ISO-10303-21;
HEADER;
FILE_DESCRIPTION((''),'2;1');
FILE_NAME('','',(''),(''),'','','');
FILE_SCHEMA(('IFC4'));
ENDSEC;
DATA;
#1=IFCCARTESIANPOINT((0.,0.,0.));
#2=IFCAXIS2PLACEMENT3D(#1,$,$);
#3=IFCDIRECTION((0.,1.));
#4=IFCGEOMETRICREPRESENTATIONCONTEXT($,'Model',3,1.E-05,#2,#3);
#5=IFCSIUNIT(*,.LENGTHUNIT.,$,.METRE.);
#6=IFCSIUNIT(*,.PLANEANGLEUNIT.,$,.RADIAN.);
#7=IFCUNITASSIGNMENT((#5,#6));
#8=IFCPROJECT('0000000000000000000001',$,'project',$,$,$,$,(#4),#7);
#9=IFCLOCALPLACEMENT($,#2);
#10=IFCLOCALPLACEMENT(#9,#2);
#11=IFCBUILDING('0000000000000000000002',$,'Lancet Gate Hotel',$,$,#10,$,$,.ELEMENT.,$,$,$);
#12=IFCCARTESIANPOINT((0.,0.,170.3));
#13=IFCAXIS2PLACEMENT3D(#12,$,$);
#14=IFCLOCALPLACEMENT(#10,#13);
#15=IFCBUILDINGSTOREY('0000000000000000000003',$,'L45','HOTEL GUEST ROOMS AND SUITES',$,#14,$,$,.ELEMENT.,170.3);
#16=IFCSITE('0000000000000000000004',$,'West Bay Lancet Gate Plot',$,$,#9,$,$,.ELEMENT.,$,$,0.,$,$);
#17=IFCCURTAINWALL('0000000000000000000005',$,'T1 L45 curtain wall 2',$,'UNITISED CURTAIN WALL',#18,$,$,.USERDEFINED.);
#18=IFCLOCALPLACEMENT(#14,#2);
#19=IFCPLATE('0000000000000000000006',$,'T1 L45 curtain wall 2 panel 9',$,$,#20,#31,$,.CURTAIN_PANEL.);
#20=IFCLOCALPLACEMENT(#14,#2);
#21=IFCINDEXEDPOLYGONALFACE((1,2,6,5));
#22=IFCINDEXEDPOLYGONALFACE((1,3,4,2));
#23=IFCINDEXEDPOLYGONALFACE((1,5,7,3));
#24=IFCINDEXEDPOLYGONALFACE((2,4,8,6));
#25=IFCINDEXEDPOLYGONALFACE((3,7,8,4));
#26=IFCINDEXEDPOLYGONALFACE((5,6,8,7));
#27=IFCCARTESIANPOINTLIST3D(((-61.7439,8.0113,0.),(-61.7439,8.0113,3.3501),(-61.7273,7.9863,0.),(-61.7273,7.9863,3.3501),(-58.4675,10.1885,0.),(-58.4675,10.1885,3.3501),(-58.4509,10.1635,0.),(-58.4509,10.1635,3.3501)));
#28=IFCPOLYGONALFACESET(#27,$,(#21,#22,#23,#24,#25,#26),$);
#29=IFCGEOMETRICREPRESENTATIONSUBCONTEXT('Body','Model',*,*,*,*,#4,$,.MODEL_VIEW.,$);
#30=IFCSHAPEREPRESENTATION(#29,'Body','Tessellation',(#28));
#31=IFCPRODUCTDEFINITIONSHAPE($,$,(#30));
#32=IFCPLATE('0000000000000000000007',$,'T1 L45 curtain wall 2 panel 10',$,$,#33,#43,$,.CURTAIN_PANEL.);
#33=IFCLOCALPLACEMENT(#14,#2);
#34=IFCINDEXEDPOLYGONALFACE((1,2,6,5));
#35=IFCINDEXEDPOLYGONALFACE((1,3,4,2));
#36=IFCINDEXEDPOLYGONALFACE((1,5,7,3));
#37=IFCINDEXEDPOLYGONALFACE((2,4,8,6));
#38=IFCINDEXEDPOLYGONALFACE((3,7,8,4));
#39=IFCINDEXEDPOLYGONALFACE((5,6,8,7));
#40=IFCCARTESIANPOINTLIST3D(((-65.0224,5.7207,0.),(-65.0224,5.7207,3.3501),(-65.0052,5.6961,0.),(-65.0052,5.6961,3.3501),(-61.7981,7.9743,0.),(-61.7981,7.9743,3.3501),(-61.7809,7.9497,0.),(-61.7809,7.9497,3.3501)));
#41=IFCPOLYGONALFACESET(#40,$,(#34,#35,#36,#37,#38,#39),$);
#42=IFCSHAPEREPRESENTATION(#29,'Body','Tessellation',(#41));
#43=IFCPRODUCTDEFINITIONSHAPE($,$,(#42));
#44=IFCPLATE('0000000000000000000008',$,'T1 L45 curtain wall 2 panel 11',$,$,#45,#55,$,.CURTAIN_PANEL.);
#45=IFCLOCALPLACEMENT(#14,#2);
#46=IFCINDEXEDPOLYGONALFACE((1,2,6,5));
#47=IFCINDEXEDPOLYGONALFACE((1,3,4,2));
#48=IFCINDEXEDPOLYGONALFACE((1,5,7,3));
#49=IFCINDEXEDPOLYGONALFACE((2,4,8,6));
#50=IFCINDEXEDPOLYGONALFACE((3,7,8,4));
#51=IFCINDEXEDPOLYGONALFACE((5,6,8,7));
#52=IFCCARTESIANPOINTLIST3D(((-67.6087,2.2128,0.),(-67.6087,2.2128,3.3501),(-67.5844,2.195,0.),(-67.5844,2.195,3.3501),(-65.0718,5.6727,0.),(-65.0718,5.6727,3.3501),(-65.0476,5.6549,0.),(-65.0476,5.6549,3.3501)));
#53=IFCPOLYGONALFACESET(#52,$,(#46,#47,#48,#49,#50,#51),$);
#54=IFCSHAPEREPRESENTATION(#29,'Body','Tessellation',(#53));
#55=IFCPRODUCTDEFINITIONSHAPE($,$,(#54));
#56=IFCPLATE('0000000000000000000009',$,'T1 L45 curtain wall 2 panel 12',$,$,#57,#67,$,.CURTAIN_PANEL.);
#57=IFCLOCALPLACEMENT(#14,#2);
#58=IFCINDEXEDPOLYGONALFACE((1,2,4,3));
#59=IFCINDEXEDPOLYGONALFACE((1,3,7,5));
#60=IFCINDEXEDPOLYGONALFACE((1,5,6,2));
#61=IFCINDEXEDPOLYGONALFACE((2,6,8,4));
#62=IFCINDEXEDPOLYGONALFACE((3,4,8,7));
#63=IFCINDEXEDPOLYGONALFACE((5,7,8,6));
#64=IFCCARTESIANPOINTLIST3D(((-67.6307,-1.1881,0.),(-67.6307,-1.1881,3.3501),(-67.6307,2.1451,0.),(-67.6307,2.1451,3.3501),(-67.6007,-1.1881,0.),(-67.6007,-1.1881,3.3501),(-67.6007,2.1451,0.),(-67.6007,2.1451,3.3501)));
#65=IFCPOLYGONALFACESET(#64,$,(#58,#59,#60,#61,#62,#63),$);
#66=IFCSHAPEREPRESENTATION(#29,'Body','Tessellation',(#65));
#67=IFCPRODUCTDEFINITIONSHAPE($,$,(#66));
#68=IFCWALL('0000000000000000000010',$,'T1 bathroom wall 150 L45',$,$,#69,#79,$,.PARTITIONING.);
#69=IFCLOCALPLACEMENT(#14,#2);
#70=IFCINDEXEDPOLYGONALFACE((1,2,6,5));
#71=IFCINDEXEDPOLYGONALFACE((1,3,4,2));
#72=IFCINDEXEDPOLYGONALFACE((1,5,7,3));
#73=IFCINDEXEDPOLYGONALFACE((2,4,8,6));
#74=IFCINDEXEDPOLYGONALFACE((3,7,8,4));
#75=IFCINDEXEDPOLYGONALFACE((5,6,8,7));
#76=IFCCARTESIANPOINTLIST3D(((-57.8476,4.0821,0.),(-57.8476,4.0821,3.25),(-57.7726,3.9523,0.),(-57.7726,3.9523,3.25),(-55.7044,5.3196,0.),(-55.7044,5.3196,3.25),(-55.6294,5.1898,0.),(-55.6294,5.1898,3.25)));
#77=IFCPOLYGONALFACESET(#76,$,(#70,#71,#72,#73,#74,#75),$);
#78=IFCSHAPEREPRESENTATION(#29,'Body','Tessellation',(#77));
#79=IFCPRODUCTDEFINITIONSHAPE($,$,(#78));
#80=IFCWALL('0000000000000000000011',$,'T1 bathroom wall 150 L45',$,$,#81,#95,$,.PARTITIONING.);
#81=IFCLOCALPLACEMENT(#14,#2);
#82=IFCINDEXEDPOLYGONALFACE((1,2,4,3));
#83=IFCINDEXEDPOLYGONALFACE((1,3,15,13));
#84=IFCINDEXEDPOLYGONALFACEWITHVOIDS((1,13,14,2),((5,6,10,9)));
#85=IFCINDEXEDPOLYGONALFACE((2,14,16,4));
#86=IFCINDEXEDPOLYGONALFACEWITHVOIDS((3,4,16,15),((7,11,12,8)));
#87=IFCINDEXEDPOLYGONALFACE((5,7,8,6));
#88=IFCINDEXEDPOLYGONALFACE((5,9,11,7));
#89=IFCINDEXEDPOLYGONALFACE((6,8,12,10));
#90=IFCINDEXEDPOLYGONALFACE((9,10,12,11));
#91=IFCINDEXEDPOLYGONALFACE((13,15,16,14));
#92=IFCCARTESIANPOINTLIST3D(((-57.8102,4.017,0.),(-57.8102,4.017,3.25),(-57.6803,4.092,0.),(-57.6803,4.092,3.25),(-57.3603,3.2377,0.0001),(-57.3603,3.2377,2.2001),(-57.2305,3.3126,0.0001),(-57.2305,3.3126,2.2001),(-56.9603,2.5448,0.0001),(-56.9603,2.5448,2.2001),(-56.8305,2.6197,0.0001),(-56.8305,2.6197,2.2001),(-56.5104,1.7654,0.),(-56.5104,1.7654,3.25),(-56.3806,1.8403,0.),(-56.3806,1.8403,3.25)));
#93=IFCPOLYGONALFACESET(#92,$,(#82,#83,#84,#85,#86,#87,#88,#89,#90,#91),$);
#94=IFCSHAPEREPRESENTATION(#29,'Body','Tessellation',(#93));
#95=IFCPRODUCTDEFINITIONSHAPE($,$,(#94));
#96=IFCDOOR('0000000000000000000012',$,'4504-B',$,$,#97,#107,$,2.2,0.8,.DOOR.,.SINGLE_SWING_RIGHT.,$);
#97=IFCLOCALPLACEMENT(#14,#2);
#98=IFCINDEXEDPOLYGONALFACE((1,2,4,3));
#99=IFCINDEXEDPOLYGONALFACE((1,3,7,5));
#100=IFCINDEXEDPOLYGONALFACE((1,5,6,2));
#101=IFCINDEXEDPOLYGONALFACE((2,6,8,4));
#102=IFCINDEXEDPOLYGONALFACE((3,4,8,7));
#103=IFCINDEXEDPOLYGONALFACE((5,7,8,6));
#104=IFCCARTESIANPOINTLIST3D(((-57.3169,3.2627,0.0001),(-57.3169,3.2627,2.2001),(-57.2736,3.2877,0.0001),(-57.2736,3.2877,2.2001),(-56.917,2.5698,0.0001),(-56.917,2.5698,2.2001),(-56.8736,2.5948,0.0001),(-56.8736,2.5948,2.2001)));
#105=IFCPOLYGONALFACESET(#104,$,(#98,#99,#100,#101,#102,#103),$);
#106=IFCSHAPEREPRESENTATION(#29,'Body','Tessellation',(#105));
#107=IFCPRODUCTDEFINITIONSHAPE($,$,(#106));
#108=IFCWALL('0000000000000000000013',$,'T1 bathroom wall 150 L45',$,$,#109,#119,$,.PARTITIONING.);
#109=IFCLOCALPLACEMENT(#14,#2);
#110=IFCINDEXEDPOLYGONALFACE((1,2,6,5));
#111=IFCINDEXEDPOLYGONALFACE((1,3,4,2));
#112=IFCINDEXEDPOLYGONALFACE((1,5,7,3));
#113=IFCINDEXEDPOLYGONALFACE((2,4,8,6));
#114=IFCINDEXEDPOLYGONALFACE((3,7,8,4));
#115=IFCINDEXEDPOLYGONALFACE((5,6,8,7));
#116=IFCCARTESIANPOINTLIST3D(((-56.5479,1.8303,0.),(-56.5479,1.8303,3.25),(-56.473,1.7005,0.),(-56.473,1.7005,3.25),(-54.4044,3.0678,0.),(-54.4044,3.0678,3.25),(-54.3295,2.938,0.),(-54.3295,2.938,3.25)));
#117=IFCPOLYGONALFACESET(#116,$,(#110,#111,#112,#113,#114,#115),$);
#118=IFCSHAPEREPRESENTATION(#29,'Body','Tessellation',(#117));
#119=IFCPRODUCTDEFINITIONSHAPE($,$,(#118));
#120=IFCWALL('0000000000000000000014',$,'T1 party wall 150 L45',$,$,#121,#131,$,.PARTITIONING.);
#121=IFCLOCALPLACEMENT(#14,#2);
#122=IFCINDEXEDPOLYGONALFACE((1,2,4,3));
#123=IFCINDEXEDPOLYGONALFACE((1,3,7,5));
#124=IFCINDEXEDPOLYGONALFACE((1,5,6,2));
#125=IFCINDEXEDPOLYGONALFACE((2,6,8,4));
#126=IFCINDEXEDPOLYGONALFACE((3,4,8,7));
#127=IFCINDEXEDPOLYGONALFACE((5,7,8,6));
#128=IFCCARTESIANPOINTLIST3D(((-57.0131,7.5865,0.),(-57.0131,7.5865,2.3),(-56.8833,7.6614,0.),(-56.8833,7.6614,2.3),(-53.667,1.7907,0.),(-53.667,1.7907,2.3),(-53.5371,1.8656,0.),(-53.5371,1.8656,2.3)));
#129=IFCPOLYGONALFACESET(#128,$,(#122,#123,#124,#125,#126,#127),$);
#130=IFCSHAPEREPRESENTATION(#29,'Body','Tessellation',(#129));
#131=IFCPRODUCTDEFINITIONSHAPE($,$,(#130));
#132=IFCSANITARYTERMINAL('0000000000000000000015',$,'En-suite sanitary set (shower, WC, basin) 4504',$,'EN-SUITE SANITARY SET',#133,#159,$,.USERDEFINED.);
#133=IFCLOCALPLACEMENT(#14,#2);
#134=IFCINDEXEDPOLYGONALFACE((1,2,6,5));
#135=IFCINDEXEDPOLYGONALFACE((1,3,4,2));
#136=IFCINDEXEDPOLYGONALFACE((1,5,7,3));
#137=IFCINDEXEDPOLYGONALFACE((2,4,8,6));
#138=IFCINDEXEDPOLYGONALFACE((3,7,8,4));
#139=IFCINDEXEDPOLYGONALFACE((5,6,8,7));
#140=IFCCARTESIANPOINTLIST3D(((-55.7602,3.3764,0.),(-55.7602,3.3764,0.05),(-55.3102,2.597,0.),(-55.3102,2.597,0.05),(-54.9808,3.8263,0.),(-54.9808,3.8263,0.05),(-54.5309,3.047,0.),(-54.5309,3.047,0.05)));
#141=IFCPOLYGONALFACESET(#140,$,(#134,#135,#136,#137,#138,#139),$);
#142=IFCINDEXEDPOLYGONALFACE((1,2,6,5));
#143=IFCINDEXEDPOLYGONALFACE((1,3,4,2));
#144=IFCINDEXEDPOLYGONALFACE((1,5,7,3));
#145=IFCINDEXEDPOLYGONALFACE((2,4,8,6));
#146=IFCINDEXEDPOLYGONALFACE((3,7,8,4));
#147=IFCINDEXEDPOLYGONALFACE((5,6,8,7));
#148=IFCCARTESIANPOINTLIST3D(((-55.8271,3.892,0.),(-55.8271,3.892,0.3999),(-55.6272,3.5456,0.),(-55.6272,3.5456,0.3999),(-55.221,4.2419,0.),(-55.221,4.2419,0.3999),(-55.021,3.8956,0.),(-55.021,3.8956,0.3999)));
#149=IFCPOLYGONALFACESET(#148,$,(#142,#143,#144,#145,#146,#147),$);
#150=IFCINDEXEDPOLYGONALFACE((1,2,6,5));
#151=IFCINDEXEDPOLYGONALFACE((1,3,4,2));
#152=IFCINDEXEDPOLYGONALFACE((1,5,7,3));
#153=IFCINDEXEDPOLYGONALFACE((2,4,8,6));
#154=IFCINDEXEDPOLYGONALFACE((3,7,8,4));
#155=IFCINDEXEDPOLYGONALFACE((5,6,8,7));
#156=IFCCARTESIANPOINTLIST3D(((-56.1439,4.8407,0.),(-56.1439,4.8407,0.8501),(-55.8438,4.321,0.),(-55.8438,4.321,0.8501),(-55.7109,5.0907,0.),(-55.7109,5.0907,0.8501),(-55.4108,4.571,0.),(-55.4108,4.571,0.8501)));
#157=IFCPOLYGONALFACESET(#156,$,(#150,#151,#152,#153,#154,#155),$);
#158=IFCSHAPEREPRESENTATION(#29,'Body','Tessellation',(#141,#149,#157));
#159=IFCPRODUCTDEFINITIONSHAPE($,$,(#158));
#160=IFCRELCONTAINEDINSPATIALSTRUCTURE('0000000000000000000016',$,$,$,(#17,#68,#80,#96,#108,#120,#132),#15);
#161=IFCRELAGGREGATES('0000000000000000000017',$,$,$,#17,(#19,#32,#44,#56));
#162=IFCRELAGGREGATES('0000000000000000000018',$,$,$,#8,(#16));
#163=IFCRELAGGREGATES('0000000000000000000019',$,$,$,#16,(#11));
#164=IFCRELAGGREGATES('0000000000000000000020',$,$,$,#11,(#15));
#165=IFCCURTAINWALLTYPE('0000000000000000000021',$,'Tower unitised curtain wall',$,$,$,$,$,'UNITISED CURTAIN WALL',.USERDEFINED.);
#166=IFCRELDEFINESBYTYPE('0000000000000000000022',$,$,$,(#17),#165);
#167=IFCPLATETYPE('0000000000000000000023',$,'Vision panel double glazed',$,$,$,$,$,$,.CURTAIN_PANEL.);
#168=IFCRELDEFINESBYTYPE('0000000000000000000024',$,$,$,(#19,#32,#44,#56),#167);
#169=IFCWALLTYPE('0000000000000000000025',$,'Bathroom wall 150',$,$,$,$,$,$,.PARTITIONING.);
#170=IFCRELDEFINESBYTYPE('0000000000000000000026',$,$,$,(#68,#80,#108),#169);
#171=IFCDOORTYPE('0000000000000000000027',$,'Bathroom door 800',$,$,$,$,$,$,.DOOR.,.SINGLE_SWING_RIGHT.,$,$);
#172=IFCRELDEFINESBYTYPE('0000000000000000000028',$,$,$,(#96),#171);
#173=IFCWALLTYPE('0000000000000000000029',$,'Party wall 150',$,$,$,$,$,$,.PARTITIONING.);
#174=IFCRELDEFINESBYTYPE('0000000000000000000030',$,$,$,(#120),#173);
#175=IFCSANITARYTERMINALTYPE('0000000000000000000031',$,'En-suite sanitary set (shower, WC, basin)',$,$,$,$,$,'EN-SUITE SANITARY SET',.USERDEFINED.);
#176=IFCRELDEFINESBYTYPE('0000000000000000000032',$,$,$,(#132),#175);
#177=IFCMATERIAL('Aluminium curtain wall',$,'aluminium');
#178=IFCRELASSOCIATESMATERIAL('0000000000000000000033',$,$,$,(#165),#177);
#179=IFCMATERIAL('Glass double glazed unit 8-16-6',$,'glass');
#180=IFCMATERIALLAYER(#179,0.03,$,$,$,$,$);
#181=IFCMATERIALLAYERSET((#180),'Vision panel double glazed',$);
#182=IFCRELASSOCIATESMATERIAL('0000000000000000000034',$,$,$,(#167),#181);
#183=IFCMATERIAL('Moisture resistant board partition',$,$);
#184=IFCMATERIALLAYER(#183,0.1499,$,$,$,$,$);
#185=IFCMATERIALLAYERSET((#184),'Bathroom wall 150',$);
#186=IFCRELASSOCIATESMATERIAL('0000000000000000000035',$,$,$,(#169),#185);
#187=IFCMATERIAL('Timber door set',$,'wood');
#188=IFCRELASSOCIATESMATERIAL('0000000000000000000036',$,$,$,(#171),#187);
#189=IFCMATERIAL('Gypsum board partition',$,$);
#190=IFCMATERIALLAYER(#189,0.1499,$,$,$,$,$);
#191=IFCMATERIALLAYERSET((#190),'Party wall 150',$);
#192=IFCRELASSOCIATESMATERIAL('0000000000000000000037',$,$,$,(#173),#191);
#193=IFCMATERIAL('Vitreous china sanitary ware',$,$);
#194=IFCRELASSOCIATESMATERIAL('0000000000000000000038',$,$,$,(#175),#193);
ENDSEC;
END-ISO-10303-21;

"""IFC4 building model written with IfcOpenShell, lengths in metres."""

from ifc_helpers import new_model, si_unit, direction, frame, frame_2d, origin, origin_2d, place, context, subcontext, project, spatial, rectangle, extrude, material, layer, layer_set, type_object, element, fill, aggregate, save


model = new_model("IFC4")

# Units and contexts
model_context = context("Model", 3, precision=1e-05, world=origin(), true_north=direction((0.0, 1.0)))
body_context = subcontext(model_context, "Body", "Model", "MODEL_VIEW")
ifc_project = project(units=[si_unit("LENGTHUNIT", "METRE"), si_unit("PLANEANGLEUNIT", "RADIAN")], contexts=[model_context])

# Site, building, storey
site_placement = place(None, origin())
site = spatial("IfcSite", under=ifc_project, at=site_placement, Name="West Bay Lancet Gate Plot", CompositionType="ELEMENT", RefElevation=0.0)
building_placement = place(site_placement, origin())
building = spatial("IfcBuilding", under=site, at=building_placement, Name="Lancet Gate Hotel", CompositionType="ELEMENT")
storey_placement = place(building_placement, frame((0.0, 0.0, 170.3)))
storey = spatial("IfcBuildingStorey", under=building, at=storey_placement, Name="L45", Description="HOTEL GUEST ROOMS AND SUITES", CompositionType="ELEMENT", Elevation=170.3)

# Curtain wall
ifc_material_1 = material(Name="Aluminium curtain wall", Category="aluminium")
curtain_wall_type = type_object("IfcCurtainWallType", Name="Tower unitised curtain wall", ElementType="UNITISED CURTAIN WALL", PredefinedType="USERDEFINED", material=ifc_material_1)
curtain_wall_placement = place(storey_placement, origin())
curtain_wall = element("IfcCurtainWall", 1, at=curtain_wall_placement, inside=storey, type_object=curtain_wall_type, Name="T1 L45 curtain wall 2", ObjectType="UNITISED CURTAIN WALL", PredefinedType="USERDEFINED")

# Plates
ifc_material_2 = material(Name="Glass double glazed unit 8-16-6", Category="glass")
ifc_layer_1 = layer(ifc_material_2, 0.03)
ifc_layer_set_1 = layer_set([ifc_layer_1], Name="Vision panel double glazed")
plate_type = type_object("IfcPlateType", Name="Vision panel double glazed", PredefinedType="CURTAIN_PANEL", material=ifc_layer_set_1)
plate_1_placement = place(storey_placement, frame((-60.0974, 9.0874, 0.0), z_axis=(0.0, 0.0, 1.0), x_axis=(-0.832879, -0.553455, 0.0)))
plate_1 = element("IfcPlate", 2, at=plate_1_placement, type_object=plate_type, Name="T1 L45 curtain wall 2 panel 9", PredefinedType="CURTAIN_PANEL", context=body_context, shape_type="SweptSolid", body=[
    extrude(rectangle(XDim=3.9338, YDim=0.03, at=origin_2d()), origin(), (0.0, 0.0, 1.0), 3.3501),
])
plate_2_placement = place(storey_placement, frame((-63.4016, 6.8352, 0.0), z_axis=(0.0, 0.0, 1.0), x_axis=(-0.819631, -0.572892, 0.0)))
plate_2 = element("IfcPlate", 3, at=plate_2_placement, type_object=plate_type, Name="T1 L45 curtain wall 2 panel 10", PredefinedType="CURTAIN_PANEL", context=body_context, shape_type="SweptSolid", body=[
    extrude(rectangle(XDim=3.9338, YDim=0.03, at=origin_2d()), origin(), (0.0, 0.0, 1.0), 3.3501),
])
plate_3_placement = place(storey_placement, frame((-66.3281, 3.9338, 0.0), z_axis=(0.0, 0.0, 1.0), x_axis=(-0.5913, -0.806452, 0.0)))
plate_3 = element("IfcPlate", 4, at=plate_3_placement, type_object=plate_type, Name="T1 L45 curtain wall 2 panel 11", PredefinedType="CURTAIN_PANEL", context=body_context, shape_type="SweptSolid", body=[
    extrude(rectangle(XDim=4.2903, YDim=0.03, at=origin_2d()), origin(), (0.0, 0.0, 1.0), 3.3501),
])
plate_4_placement = place(storey_placement, frame((-67.6157, 0.4785, 0.0), z_axis=(0.0, 0.0, 1.0), x_axis=(0.0, -1.0, 0.0)))
plate_4 = element("IfcPlate", 5, at=plate_4_placement, type_object=plate_type, Name="T1 L45 curtain wall 2 panel 12", PredefinedType="CURTAIN_PANEL", context=body_context, shape_type="SweptSolid", body=[
    extrude(rectangle(XDim=3.3333, YDim=0.03, at=origin_2d()), origin(), (0.0, 0.0, 1.0), 3.3501),
])
aggregate(curtain_wall, [plate_1, plate_2, plate_3, plate_4])

# Wall
ifc_material_3 = material(Name="Moisture resistant board partition")
ifc_layer_2 = layer(ifc_material_3, 0.1499)
ifc_layer_set_2 = layer_set([ifc_layer_2], Name="Bathroom wall 150")
wall_type_1 = type_object("IfcWallType", Name="Bathroom wall 150", PredefinedType="PARTITIONING", material=ifc_layer_set_2)
wall_1_placement = place(storey_placement, frame((-55.667, 5.2546, 0.0), z_axis=(0.0, 0.0, 1.0), x_axis=(-0.866007, -0.500033, 0.0)))
element("IfcWall", 6, at=wall_1_placement, inside=storey, type_object=wall_type_1, Name="T1 bathroom wall 150 L45", PredefinedType="PARTITIONING", context=body_context, shape_type="SweptSolid", body=[
    extrude(rectangle(XDim=2.4749, YDim=0.1499, at=frame_2d((1.2373, 0.0))), origin(), (0.0, 0.0, 1.0), 3.25),
])

# Wall, opening, door
wall_2_placement = place(storey_placement, frame((-56.4456, 1.803, 0.0), z_axis=(0.0, 0.0, 1.0), x_axis=(-0.499937, 0.866062, 0.0)))
wall_2 = element("IfcWall", 7, at=wall_2_placement, inside=storey, type_object=wall_type_1, Name="T1 bathroom wall 150 L45", PredefinedType="PARTITIONING", context=body_context, shape_type="SweptSolid", body=[
    extrude(rectangle(XDim=2.5999, YDim=0.1499, at=frame_2d((1.2998, 0.0))), origin(), (0.0, 0.0, 1.0), 3.25),
])
opening_placement = place(wall_2_placement, frame((0.8999, 0.0, 0.0)))
opening = element("IfcOpeningElement", 8, at=opening_placement, cuts=wall_2, PredefinedType="OPENING", context=body_context, shape_type="SweptSolid", body=[
    extrude(rectangle(XDim=0.8, YDim=2.2, at=frame_2d((0.3999, 1.1001))), frame((0.0, 0.085, 0.0), z_axis=(0.0, -1.0, 0.0), x_axis=(1.0, 0.0, 0.0)), (0.0, 0.0, 1.0), 0.1699),
])
ifc_material_4 = material(Name="Timber door set", Category="wood")
door_type = type_object("IfcDoorType", Name="Bathroom door 800", OperationType="SINGLE_SWING_RIGHT", PredefinedType="DOOR", material=ifc_material_4)
door_placement = place(opening_placement, origin())
door = element("IfcDoor", 9, at=door_placement, inside=storey, type_object=door_type, Name="4504-B", OperationType="SINGLE_SWING_RIGHT", OverallHeight=2.2, OverallWidth=0.8, PredefinedType="DOOR", context=body_context, shape_type="SweptSolid", body=[
    extrude(rectangle(XDim=0.8, YDim=2.2, at=frame_2d((0.3999, 1.1001))), frame((0.0, 0.0249, 0.0), z_axis=(0.0, -1.0, 0.0), x_axis=(1.0, 0.0, 0.0)), (0.0, 0.0, 1.0), 0.05),
])
fill(opening, door)

# Walls
wall_3_placement = place(storey_placement, frame((-54.3669, 3.0029, 0.0), z_axis=(0.0, 0.0, 1.0), x_axis=(-0.866031, -0.49999, 0.0)))
element("IfcWall", 10, at=wall_3_placement, inside=storey, type_object=wall_type_1, Name="T1 bathroom wall 150 L45", PredefinedType="PARTITIONING", context=body_context, shape_type="SweptSolid", body=[
    extrude(rectangle(XDim=2.4751, YDim=0.1499, at=frame_2d((1.2375, 0.0))), origin(), (0.0, 0.0, 1.0), 3.25),
])
ifc_material_5 = material(Name="Gypsum board partition")
ifc_layer_3 = layer(ifc_material_5, 0.1499)
ifc_layer_set_3 = layer_set([ifc_layer_3], Name="Party wall 150")
wall_type_2 = type_object("IfcWallType", Name="Party wall 150", PredefinedType="PARTITIONING", material=ifc_layer_set_3)
wall_4_placement = place(storey_placement, frame((-53.6021, 1.8281, 0.0), z_axis=(0.0, 0.0, 1.0), x_axis=(-0.499992, 0.86603, 0.0)))
element("IfcWall", 11, at=wall_4_placement, inside=storey, type_object=wall_type_2, Name="T1 party wall 150 L45", PredefinedType="PARTITIONING", context=body_context, shape_type="SweptSolid", body=[
    extrude(rectangle(XDim=6.6924, YDim=0.1499, at=frame_2d((3.3462, 0.0))), origin(), (0.0, 0.0, 1.0), 2.3),
])

# Sanitary terminal
ifc_material_6 = material(Name="Vitreous china sanitary ware")
sanitary_terminal_type = type_object("IfcSanitaryTerminalType", Name="En-suite sanitary set (shower, WC, basin)", ElementType="EN-SUITE SANITARY SET", PredefinedType="USERDEFINED", material=ifc_material_6)
sanitary_terminal_placement = place(storey_placement, frame((-55.1455, 3.2117, 0.0), z_axis=(0.0, 0.0, 1.0), x_axis=(1.0, 0.0, 0.0)))
element("IfcSanitaryTerminal", 12, at=sanitary_terminal_placement, inside=storey, type_object=sanitary_terminal_type, Name="En-suite sanitary set (shower, WC, basin) 4504", ObjectType="EN-SUITE SANITARY SET", PredefinedType="USERDEFINED", context=body_context, shape_type="SweptSolid", body=[
    extrude(rectangle(XDim=0.8999, YDim=0.8999, at=origin_2d()), frame((0.0, 0.0, 0.0), z_axis=(0.0, 0.0, 1.0), x_axis=(0.5, -0.866025, 0.0)), (0.0, 0.0, 1.0), 0.05),
    extrude(rectangle(XDim=0.3999, YDim=0.7, at=origin_2d()), frame((-0.2786, 0.6821, 0.0), z_axis=(0.0, 0.0, 1.0), x_axis=(0.5, -0.866025, 0.0)), (0.0, 0.0, 1.0), 0.3999),
    extrude(rectangle(XDim=0.6001, YDim=0.5, at=origin_2d()), frame((-0.6318, 1.4941, 0.0), z_axis=(0.0, 0.0, 1.0), x_axis=(0.5, -0.866025, 0.0)), (0.0, 0.0, 1.0), 0.8501),
])

save(model, "model.ifc")
